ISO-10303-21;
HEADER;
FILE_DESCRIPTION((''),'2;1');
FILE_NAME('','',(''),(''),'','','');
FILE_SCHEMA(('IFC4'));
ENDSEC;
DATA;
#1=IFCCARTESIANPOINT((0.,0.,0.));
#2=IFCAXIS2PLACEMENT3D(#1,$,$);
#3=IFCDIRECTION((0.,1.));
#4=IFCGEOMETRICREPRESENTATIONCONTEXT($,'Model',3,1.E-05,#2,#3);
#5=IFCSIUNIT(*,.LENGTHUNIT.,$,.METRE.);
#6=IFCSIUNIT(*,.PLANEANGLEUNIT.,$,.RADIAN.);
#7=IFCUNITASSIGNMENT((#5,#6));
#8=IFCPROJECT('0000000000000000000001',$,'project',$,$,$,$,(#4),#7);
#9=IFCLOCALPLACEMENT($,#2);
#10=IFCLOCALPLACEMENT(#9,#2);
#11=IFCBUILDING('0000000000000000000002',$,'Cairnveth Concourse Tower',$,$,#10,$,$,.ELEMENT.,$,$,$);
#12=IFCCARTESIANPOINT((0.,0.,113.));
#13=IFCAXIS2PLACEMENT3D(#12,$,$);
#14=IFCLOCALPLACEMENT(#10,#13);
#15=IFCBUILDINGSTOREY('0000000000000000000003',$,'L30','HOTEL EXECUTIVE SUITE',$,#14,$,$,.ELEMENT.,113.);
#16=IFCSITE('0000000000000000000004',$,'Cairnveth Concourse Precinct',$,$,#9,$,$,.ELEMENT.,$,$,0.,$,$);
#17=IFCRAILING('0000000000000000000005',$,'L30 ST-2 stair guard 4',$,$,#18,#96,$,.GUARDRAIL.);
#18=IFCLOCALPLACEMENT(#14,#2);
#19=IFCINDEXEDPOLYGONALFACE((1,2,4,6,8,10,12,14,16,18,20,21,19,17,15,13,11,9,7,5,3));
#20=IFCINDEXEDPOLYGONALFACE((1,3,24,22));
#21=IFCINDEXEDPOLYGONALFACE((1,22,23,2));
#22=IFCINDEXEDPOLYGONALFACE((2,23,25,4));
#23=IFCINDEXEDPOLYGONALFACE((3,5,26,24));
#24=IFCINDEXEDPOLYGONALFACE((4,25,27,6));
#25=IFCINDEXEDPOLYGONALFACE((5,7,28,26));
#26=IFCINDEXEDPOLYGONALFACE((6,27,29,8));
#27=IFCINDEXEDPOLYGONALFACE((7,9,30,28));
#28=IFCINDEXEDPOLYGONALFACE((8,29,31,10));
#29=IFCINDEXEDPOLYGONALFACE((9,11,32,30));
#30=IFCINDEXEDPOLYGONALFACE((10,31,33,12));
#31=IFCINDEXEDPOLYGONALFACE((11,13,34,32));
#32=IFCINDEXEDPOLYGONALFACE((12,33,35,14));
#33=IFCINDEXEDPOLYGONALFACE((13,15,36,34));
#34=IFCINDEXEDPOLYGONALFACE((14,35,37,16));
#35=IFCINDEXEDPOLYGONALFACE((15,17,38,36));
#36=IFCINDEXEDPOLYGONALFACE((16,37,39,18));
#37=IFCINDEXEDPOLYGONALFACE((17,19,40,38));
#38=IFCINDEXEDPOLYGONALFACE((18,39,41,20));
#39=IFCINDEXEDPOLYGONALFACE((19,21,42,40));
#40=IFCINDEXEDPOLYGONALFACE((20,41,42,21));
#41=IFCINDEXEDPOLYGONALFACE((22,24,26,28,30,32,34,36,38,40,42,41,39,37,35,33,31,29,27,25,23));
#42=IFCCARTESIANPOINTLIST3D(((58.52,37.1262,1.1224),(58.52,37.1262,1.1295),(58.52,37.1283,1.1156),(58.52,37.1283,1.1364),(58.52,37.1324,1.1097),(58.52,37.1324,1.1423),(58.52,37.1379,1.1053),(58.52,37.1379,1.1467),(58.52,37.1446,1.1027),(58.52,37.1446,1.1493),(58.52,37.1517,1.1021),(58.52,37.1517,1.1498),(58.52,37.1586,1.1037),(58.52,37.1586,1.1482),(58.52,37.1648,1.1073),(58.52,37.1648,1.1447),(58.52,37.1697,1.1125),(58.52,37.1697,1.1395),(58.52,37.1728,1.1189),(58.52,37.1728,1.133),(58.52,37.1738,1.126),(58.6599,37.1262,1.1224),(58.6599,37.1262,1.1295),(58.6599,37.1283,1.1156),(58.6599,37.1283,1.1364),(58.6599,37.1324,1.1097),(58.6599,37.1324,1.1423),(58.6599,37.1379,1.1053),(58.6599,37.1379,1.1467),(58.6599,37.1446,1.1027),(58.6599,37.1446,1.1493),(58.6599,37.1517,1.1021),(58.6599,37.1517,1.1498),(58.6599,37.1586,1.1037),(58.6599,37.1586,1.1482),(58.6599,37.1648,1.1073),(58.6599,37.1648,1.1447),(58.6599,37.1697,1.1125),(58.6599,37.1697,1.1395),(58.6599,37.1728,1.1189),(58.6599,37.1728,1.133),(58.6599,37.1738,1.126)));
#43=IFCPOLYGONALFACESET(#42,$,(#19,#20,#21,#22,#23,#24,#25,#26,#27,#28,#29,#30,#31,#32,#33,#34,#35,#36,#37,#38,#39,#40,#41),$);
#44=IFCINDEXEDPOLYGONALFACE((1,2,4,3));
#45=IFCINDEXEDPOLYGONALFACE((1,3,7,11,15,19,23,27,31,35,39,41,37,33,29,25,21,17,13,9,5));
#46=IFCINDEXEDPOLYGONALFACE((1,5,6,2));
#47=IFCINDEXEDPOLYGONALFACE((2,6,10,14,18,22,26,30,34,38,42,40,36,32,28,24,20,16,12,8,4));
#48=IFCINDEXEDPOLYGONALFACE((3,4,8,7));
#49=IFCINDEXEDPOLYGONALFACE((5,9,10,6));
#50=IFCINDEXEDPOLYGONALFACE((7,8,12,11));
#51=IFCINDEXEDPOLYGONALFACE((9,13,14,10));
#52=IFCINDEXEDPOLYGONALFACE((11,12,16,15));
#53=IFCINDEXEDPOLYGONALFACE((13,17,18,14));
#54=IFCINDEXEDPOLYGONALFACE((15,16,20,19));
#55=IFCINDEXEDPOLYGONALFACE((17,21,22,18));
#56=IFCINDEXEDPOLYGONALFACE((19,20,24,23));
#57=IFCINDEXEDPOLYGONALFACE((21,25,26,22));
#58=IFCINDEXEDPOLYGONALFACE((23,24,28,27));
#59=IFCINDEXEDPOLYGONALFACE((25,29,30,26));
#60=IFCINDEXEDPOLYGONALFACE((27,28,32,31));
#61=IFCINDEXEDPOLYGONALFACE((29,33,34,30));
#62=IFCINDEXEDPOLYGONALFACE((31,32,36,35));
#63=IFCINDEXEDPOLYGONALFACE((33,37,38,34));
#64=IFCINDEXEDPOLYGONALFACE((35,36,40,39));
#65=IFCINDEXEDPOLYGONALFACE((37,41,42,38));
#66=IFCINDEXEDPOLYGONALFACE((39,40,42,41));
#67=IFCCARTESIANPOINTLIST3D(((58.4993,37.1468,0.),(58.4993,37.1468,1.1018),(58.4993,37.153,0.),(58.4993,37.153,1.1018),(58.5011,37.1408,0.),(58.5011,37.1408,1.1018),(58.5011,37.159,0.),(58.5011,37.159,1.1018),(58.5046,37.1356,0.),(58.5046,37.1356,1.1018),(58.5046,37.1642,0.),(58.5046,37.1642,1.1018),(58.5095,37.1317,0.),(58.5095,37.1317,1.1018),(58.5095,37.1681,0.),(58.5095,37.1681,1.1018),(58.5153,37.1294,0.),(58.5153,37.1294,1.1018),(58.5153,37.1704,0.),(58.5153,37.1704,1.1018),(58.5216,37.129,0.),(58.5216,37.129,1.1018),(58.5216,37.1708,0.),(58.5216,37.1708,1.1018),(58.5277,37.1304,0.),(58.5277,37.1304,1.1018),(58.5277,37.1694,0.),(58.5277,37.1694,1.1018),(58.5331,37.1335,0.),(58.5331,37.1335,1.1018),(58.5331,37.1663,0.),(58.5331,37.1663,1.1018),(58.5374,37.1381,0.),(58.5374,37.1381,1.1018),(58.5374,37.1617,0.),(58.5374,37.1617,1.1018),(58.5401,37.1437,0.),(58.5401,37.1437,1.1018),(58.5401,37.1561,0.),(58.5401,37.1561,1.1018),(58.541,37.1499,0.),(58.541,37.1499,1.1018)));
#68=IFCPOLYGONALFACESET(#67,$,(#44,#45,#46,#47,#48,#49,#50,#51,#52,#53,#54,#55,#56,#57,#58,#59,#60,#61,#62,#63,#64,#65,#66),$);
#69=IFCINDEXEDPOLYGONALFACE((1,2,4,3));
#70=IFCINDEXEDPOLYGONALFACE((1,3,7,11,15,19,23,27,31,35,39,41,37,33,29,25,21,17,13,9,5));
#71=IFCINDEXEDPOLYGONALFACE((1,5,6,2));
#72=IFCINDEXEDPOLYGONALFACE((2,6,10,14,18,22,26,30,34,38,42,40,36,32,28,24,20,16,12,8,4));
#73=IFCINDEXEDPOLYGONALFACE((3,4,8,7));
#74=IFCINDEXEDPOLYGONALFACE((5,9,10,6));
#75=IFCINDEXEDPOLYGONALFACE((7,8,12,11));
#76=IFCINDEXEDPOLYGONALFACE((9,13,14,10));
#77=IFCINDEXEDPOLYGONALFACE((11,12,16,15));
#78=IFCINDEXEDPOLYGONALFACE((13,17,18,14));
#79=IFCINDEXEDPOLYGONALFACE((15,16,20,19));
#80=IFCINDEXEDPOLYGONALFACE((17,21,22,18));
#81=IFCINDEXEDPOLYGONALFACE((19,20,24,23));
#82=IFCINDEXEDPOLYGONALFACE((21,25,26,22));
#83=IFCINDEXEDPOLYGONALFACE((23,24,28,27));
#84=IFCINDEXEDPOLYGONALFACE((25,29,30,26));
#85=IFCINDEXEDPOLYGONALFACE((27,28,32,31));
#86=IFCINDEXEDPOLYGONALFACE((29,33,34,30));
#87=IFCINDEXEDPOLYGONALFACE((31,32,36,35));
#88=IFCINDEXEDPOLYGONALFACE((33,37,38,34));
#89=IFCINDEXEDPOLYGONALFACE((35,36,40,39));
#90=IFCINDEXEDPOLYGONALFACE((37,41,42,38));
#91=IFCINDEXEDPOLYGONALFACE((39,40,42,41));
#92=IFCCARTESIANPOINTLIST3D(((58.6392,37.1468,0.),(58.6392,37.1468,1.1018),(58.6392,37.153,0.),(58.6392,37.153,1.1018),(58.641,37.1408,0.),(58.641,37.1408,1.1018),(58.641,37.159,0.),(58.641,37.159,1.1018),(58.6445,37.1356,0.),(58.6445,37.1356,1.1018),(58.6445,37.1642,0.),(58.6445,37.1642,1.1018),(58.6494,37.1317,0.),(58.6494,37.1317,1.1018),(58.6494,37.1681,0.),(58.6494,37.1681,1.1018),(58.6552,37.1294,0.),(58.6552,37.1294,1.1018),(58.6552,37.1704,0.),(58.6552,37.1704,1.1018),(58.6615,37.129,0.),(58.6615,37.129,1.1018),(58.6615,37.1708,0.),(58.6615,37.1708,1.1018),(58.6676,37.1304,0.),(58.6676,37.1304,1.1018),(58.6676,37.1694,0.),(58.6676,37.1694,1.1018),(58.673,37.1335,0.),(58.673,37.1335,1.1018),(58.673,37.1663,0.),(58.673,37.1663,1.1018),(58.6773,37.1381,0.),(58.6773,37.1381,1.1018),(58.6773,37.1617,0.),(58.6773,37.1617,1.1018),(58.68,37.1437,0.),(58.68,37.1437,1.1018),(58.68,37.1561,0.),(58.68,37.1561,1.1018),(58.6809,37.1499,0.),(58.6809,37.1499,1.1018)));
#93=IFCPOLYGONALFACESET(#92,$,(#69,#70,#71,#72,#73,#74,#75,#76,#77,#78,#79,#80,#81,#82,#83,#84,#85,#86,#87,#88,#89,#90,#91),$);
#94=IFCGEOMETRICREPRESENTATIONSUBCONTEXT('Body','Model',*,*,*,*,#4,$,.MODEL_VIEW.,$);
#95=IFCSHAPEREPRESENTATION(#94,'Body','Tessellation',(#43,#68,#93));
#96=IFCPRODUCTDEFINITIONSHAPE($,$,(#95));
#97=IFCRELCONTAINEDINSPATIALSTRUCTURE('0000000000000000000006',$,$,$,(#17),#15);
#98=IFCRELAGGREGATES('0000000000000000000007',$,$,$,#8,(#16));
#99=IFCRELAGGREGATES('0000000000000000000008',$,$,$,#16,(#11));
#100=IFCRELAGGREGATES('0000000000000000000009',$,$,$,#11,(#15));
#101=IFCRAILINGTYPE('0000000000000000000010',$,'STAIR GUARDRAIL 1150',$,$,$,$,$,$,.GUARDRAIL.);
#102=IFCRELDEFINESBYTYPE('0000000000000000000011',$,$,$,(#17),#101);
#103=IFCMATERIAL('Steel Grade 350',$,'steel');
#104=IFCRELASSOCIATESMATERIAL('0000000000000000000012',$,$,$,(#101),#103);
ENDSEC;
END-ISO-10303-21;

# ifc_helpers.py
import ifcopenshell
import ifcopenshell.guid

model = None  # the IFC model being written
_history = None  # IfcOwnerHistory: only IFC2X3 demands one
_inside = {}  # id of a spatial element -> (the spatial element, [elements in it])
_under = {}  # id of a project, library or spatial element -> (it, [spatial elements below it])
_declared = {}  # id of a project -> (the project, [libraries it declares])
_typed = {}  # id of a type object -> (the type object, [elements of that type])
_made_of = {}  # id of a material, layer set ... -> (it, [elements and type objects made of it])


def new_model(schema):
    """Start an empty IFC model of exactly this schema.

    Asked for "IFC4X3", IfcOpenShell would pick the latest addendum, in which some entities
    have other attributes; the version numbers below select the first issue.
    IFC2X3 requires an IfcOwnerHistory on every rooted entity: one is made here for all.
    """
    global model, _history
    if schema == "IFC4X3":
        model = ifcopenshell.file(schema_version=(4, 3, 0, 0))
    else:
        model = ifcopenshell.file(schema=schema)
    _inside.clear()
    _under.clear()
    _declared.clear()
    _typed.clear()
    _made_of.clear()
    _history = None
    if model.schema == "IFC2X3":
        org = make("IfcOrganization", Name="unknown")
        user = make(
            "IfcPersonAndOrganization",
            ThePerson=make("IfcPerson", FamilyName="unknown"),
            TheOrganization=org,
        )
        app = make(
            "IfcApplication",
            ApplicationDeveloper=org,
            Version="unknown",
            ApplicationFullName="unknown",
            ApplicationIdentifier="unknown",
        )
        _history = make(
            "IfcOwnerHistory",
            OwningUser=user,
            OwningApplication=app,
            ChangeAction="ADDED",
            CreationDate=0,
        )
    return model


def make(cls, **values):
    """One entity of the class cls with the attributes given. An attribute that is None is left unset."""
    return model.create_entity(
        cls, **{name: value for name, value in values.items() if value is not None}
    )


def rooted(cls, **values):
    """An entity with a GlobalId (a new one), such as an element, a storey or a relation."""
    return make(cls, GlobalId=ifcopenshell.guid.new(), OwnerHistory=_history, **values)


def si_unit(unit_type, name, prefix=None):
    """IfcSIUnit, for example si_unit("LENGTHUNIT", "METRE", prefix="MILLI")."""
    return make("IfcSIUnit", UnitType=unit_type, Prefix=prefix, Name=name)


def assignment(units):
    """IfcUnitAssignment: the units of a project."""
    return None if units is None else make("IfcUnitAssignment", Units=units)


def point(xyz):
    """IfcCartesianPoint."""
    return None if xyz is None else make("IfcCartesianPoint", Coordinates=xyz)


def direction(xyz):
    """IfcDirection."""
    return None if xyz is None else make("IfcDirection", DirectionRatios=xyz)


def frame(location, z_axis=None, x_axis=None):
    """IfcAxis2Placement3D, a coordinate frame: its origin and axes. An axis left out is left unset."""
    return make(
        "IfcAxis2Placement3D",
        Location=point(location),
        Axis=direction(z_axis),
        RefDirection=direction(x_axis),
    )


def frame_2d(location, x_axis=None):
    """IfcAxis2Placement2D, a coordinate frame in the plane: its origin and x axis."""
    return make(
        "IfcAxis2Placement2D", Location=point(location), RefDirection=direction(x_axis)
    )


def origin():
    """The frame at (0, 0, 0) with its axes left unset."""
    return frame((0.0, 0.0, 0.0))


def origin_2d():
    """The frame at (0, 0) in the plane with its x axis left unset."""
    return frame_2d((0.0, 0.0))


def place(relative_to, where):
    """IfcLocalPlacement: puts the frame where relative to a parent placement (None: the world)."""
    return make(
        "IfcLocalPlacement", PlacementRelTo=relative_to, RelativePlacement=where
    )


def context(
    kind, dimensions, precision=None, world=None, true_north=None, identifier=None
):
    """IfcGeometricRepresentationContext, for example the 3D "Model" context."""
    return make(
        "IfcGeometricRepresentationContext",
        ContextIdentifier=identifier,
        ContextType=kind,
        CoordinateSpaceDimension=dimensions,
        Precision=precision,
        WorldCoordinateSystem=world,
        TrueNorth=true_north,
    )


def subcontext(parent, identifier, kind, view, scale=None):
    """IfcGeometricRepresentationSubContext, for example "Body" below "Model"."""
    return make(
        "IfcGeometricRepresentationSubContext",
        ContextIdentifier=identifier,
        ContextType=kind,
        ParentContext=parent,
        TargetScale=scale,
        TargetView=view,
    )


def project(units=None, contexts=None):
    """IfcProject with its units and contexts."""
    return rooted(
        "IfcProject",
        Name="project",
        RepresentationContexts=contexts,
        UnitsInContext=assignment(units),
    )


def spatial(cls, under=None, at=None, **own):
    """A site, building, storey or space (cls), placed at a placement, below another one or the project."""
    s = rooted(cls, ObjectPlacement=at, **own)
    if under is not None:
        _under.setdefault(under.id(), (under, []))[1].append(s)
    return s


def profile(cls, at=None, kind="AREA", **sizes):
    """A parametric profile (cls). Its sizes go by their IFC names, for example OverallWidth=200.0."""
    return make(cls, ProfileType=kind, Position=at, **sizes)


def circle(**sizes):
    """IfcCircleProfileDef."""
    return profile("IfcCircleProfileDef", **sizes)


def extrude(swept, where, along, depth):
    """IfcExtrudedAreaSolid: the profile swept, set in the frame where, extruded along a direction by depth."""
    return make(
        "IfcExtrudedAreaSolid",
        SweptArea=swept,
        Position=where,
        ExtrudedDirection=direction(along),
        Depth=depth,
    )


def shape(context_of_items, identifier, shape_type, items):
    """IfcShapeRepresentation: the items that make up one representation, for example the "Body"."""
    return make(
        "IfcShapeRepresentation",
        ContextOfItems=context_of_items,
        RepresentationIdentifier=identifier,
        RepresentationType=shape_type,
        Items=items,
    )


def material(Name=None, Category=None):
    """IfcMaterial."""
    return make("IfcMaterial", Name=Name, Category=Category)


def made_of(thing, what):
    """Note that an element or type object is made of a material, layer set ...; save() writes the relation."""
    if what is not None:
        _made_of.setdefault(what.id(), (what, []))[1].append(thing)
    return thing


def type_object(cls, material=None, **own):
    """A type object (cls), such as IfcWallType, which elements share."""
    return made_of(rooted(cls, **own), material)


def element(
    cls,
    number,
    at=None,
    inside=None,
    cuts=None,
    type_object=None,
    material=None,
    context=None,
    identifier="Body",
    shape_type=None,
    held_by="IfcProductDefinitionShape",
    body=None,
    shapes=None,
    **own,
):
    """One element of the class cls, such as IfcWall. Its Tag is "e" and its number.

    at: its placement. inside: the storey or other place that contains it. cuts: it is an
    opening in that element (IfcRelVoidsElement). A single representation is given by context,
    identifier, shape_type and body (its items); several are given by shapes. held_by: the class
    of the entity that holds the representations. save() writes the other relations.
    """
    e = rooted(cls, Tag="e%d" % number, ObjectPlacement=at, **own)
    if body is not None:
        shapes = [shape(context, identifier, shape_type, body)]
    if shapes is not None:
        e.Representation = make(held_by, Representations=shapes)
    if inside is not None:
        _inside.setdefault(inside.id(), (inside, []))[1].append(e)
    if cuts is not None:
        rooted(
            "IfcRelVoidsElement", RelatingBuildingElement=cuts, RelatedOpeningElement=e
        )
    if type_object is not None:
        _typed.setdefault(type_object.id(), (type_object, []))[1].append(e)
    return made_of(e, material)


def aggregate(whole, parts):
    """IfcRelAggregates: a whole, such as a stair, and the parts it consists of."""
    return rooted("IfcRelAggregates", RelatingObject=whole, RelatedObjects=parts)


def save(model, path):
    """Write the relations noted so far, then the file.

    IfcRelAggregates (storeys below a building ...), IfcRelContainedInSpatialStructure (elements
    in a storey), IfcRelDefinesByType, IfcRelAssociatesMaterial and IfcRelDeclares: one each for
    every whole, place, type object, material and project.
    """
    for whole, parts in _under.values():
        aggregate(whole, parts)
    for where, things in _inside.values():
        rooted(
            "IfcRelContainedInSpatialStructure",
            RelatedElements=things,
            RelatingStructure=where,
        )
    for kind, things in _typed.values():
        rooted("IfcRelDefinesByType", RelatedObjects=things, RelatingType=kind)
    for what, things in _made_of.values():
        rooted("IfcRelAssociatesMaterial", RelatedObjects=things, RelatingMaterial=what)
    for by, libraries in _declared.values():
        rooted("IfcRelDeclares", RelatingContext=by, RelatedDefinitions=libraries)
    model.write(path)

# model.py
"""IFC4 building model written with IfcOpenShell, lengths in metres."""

from ifc_helpers import new_model, si_unit, direction, frame, origin, origin_2d, place, context, subcontext, project, spatial, circle, extrude, material, type_object, element, save


model = new_model("IFC4")

# Units and contexts
model_context = context("Model", 3, precision=1e-05, world=origin(), true_north=direction((0.0, 1.0)))
body_context = subcontext(model_context, "Body", "Model", "MODEL_VIEW")
ifc_project = project(units=[si_unit("LENGTHUNIT", "METRE"), si_unit("PLANEANGLEUNIT", "RADIAN")], contexts=[model_context])

# Site, building, storey
site_placement = place(None, origin())
site = spatial("IfcSite", under=ifc_project, at=site_placement, Name="Cairnveth Concourse Precinct", CompositionType="ELEMENT", RefElevation=0.0)
building_placement = place(site_placement, origin())
building = spatial("IfcBuilding", under=site, at=building_placement, Name="Cairnveth Concourse Tower", CompositionType="ELEMENT")
storey_placement = place(building_placement, frame((0.0, 0.0, 113.0)))
storey = spatial("IfcBuildingStorey", under=building, at=storey_placement, Name="L30", Description="HOTEL EXECUTIVE SUITE", CompositionType="ELEMENT", Elevation=113.0)

# Shared definitions
ifc_material_1 = material(Name="Steel Grade 350", Category="steel")

# Railing
railing_type_1 = type_object("IfcRailingType", Name="STAIR GUARDRAIL 1150", PredefinedType="GUARDRAIL", material=ifc_material_1)
railing_1_placement = place(storey_placement, frame((58.52, 37.1499, 0.0)))
element("IfcRailing", 1, at=railing_1_placement, inside=storey, type_object=railing_type_1, Name="L30 ST-2 stair guard 4", PredefinedType="GUARDRAIL", context=body_context, shape_type="SweptSolid", body=[
    extrude(circle(Radius=0.0239, at=origin_2d()), frame((0.0, 0.0, 1.126), z_axis=(1.0, 0.0, 0.0), x_axis=(0.0, 1.0, 0.0)), (0.0, 0.0, 1.0), 0.1399),
    extrude(circle(Radius=0.021, at=origin_2d()), origin(), (0.0, 0.0, 1.0), 1.1018),
    extrude(circle(Radius=0.021, at=origin_2d()), frame((0.1399, 0.0, 0.0)), (0.0, 0.0, 1.0), 1.1018),
])

save(model, "model.ifc")
